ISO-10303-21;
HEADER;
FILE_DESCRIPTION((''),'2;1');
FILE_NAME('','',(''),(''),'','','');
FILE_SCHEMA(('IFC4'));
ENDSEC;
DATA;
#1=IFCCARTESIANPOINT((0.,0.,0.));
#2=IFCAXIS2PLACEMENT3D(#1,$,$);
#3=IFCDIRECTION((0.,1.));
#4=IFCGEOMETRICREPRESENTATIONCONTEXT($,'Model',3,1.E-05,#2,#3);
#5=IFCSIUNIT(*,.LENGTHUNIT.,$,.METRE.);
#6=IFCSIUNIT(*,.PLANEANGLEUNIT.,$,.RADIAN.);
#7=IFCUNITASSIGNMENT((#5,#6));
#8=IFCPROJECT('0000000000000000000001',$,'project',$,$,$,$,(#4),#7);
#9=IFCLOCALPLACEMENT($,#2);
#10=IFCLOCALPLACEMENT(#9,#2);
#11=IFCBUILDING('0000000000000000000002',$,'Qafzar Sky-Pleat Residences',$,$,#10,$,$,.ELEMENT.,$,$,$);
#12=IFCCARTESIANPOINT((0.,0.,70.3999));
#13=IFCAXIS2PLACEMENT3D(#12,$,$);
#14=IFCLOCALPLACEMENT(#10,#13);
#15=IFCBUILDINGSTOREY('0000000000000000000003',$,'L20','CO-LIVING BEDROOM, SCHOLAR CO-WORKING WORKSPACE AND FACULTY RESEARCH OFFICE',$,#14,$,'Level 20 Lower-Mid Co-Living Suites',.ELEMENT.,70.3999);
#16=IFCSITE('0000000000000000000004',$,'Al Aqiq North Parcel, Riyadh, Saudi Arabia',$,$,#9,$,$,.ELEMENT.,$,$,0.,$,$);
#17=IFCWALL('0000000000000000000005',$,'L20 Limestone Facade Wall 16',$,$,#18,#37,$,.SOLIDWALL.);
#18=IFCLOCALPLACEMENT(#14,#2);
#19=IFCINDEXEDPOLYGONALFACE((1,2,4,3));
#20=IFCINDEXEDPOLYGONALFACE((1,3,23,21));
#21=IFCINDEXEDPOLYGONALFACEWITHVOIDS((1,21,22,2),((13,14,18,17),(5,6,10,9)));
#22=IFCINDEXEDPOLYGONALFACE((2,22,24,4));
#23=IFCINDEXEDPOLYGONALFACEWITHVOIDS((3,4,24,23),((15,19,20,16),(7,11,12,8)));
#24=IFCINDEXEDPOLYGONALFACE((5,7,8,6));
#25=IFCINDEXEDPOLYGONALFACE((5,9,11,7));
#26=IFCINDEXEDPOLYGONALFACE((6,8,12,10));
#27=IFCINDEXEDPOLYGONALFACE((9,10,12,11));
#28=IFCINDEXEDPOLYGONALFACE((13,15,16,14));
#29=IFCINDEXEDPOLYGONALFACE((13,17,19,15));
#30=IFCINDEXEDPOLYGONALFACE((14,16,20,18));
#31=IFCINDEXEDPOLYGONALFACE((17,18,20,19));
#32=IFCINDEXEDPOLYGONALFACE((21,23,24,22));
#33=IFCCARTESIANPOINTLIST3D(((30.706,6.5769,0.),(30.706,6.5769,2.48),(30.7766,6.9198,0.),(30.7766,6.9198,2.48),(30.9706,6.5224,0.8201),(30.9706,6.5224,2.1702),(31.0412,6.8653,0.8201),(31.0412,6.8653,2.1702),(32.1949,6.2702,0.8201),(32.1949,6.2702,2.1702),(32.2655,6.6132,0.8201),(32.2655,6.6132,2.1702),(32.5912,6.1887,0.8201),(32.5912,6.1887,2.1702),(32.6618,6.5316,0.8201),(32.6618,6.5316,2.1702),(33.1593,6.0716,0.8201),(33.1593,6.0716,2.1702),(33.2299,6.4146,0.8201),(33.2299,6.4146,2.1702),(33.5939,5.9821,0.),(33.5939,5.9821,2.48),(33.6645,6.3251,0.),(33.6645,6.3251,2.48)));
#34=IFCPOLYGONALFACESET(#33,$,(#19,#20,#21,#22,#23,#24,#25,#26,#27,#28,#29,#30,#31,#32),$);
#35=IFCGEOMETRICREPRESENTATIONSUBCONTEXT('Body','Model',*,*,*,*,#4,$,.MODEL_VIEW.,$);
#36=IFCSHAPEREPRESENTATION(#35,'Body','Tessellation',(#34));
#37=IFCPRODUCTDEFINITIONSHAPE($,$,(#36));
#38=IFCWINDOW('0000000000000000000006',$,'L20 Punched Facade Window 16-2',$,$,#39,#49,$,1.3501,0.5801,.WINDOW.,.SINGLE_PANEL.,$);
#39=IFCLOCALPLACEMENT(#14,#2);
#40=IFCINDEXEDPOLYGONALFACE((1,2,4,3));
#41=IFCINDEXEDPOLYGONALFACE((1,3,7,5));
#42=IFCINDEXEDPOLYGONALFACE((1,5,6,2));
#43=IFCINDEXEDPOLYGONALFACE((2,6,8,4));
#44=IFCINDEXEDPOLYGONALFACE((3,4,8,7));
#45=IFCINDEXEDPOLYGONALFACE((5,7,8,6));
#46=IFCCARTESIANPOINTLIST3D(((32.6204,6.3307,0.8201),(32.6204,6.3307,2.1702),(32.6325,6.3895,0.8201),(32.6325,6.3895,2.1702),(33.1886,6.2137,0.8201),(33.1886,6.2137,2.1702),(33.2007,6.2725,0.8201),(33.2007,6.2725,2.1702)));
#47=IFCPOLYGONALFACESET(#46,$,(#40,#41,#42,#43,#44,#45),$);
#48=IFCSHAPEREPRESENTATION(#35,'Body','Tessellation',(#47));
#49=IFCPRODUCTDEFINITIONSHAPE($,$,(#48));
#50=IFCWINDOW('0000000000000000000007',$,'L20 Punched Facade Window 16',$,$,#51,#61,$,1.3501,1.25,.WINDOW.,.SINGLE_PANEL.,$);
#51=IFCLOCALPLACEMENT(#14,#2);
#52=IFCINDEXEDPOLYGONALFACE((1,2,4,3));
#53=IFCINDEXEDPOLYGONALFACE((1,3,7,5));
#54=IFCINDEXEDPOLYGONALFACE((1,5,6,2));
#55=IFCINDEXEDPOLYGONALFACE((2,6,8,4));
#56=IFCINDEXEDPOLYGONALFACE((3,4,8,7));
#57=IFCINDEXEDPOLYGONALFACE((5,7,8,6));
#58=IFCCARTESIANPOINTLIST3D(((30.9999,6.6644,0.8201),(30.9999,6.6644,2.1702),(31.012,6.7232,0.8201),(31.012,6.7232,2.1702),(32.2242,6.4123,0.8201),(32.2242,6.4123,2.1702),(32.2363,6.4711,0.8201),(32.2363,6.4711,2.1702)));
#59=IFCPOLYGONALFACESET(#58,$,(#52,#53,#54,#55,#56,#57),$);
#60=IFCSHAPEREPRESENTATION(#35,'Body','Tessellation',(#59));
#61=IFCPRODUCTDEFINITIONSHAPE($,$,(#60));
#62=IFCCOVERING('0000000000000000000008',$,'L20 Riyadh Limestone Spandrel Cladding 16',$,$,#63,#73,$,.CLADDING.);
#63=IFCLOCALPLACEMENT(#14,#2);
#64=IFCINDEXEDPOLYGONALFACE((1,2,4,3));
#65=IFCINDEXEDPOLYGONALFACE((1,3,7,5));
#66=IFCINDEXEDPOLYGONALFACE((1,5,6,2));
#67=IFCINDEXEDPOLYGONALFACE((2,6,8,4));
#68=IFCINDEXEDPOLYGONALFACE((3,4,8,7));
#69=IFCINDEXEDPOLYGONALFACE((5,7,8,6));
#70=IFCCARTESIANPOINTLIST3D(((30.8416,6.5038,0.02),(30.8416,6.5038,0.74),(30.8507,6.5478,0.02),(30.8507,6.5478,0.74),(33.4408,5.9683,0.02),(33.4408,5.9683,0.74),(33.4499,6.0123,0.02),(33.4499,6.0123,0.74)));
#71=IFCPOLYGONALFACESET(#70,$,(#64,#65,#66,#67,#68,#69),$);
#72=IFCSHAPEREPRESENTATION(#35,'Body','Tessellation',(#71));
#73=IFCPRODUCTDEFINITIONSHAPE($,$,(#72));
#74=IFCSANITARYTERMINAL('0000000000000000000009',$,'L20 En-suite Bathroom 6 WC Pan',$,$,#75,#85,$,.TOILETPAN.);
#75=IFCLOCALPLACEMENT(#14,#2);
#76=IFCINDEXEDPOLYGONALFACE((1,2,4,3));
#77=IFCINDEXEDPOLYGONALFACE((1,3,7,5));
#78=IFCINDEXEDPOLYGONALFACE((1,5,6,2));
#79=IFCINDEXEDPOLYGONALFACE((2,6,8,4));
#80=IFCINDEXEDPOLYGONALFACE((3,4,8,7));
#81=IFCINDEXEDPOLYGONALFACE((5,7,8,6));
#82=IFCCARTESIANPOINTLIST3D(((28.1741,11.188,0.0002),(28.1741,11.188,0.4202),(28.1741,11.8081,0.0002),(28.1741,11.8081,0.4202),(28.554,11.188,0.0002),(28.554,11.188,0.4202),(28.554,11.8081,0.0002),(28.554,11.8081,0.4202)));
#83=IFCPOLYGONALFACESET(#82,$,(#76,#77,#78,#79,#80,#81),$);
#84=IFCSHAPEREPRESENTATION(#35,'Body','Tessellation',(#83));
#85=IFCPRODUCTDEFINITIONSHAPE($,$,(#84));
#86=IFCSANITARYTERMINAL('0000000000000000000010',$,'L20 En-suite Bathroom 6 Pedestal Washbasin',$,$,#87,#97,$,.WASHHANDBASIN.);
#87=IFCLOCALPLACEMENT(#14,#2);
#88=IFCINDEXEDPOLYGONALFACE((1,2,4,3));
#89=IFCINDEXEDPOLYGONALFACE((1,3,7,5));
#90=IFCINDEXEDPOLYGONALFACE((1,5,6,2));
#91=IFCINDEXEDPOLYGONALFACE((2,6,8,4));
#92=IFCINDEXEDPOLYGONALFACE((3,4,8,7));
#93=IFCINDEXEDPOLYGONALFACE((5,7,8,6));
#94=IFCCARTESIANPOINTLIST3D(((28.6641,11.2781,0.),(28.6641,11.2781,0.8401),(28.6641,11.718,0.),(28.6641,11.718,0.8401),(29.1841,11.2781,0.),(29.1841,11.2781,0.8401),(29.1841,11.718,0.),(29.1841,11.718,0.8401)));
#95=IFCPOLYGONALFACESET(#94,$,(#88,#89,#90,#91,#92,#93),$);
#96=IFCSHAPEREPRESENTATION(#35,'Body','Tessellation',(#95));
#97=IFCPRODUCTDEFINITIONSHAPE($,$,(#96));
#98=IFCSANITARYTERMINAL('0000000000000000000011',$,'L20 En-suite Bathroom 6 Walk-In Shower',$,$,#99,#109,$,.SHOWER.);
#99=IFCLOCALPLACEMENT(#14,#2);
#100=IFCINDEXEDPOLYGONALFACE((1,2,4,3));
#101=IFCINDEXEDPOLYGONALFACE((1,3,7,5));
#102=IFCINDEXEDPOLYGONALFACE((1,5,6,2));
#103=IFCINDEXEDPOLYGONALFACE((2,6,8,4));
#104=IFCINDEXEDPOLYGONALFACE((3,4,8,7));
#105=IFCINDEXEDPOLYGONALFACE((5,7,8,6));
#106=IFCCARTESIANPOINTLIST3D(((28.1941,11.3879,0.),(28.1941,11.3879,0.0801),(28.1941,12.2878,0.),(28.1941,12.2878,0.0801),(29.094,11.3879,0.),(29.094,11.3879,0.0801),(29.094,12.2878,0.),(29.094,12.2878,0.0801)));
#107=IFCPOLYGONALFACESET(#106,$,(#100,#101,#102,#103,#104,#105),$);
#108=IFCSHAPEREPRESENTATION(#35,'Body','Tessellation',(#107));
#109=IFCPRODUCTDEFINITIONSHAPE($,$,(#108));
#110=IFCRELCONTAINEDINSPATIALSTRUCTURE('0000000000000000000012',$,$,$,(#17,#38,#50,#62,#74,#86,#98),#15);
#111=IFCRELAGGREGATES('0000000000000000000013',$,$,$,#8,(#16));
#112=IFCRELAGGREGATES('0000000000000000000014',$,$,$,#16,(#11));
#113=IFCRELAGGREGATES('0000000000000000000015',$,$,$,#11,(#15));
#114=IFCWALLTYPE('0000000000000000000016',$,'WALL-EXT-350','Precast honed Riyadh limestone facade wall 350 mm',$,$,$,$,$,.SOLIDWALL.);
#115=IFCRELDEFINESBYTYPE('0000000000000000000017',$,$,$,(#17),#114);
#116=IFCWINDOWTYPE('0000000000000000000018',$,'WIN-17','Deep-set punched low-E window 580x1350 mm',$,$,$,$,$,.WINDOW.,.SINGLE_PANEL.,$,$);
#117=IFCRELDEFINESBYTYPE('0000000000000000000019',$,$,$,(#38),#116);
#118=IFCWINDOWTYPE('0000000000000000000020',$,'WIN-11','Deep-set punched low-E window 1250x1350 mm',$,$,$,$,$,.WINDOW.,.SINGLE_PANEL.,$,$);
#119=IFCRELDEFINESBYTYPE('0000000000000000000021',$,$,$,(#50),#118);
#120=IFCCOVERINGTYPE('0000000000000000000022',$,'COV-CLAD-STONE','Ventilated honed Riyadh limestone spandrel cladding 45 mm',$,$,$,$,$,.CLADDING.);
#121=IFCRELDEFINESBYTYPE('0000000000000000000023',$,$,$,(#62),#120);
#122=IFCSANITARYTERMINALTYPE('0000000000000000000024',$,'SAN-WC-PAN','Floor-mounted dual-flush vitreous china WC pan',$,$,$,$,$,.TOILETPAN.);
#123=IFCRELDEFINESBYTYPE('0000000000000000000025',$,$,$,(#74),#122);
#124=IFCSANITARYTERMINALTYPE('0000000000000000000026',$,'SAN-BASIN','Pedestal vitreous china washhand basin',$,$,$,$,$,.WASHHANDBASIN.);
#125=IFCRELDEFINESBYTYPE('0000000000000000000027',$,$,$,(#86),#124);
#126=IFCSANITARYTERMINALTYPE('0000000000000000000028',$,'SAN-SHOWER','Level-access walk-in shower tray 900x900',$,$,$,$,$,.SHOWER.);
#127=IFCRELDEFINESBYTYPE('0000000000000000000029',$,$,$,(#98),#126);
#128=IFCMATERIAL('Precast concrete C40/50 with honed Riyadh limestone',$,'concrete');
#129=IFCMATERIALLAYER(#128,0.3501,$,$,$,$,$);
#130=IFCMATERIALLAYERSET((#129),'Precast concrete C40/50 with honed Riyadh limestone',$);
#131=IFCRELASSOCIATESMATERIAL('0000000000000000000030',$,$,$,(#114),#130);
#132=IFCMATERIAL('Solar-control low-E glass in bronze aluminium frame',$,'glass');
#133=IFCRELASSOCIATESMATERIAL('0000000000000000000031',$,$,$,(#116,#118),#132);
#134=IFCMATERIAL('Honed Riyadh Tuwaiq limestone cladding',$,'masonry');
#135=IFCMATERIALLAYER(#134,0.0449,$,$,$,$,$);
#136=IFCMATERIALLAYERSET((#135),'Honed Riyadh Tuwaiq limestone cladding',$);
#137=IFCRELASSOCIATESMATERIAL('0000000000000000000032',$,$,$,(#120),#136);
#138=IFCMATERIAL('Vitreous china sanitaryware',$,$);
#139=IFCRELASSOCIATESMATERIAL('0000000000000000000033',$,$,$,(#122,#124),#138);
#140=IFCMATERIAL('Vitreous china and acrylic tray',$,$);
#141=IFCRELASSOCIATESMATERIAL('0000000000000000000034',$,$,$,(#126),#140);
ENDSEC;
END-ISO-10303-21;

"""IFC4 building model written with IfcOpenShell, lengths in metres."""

from ifc_helpers import new_model, si_unit, direction, frame, frame_2d, origin, origin_2d, place, context, subcontext, project, spatial, rectangle, extrude, source, transform, mapped, material, layer, layer_set, type_object, element, fill, save


model = new_model("IFC4")

# Units and contexts
model_context = context("Model", 3, precision=1e-05, world=origin(), true_north=direction((0.0, 1.0)))
body_context = subcontext(model_context, "Body", "Model", "MODEL_VIEW")
ifc_project = project(units=[si_unit("LENGTHUNIT", "METRE"), si_unit("PLANEANGLEUNIT", "RADIAN")], contexts=[model_context])

# Site, building, storey
site_placement = place(None, origin())
site = spatial("IfcSite", under=ifc_project, at=site_placement, Name="Al Aqiq North Parcel, Riyadh, Saudi Arabia", CompositionType="ELEMENT", RefElevation=0.0)
building_placement = place(site_placement, origin())
building = spatial("IfcBuilding", under=site, at=building_placement, Name="Qafzar Sky-Pleat Residences", CompositionType="ELEMENT")
storey_placement = place(building_placement, frame((0.0, 0.0, 70.3999)))
storey = spatial("IfcBuildingStorey", under=building, at=storey_placement, Name="L20", Description="CO-LIVING BEDROOM, SCHOLAR CO-WORKING WORKSPACE AND FACULTY RESEARCH OFFICE", LongName="Level 20 Lower-Mid Co-Living Suites", CompositionType="ELEMENT", Elevation=70.3999)

# Shared definitions
ifc_material_1 = material(Name="Precast concrete C40/50 with honed Riyadh limestone", Category="concrete")
ifc_layer_1 = layer(ifc_material_1, 0.3501)
ifc_layer_set_1 = layer_set([ifc_layer_1], Name="Precast concrete C40/50 with honed Riyadh limestone")
wall_type_1 = type_object("IfcWallType", Name="WALL-EXT-350", Description="Precast honed Riyadh limestone facade wall 350 mm", PredefinedType="SOLIDWALL", material=ifc_layer_set_1)
ifc_material_2 = material(Name="Solar-control low-E glass in bronze aluminium frame", Category="glass")

# Wall, openings, windows
wall_1_placement = place(storey_placement, frame((30.7415, 6.7483, 0.0), z_axis=(0.0, 0.0, 1.0), x_axis=(0.979447, -0.201702, 0.0)))
wall_1 = element("IfcWall", 1, at=wall_1_placement, inside=storey, type_object=wall_type_1, Name="L20 Limestone Facade Wall 16", PredefinedType="SOLIDWALL", context=body_context, shape_type="SweptSolid", body=[
    extrude(rectangle(XDim=2.9485, YDim=0.3501, at=frame_2d((1.4741, 0.0))), origin(), (0.0, 0.0, 1.0), 2.48),
])
opening_1_placement = place(wall_1_placement, frame((0.27, 0.0, 0.8201)))
opening_1 = element("IfcOpeningElement", 2, at=opening_1_placement, cuts=wall_1, PredefinedType="OPENING", context=body_context, shape_type="SweptSolid", body=[
    extrude(rectangle(XDim=1.25, YDim=1.3501, at=frame_2d((0.625, 0.675))), frame((0.0, 0.1851, 0.0), z_axis=(0.0, -1.0, 0.0), x_axis=(1.0, 0.0, 0.0)), (0.0, 0.0, 1.0), 0.3701),
])
opening_2_placement = place(wall_1_placement, frame((1.9246, 0.0, 0.8201)))
opening_2 = element("IfcOpeningElement", 3, at=opening_2_placement, cuts=wall_1, PredefinedType="OPENING", context=body_context, shape_type="SweptSolid", body=[
    extrude(rectangle(XDim=0.5801, YDim=1.3501, at=frame_2d((0.29, 0.675))), frame((0.0, 0.1851, 0.0), z_axis=(0.0, -1.0, 0.0), x_axis=(1.0, 0.0, 0.0)), (0.0, 0.0, 1.0), 0.3701),
])
window_type_1 = type_object("IfcWindowType", Name="WIN-17", Description="Deep-set punched low-E window 580x1350 mm", PartitioningType="SINGLE_PANEL", PredefinedType="WINDOW", material=ifc_material_2)
shared_shape_1 = source(origin(), body_context, "Body", "SweptSolid", [
    extrude(rectangle(XDim=0.5801, YDim=1.3501, at=frame_2d((0.29, 0.675))), frame((0.0, 0.03, 0.0), z_axis=(0.0, -1.0, 0.0), x_axis=(1.0, 0.0, 0.0)), (0.0, 0.0, 1.0), 0.0601),
])
window_1_placement = place(opening_2_placement, origin())
window_1 = element("IfcWindow", 4, at=window_1_placement, inside=storey, type_object=window_type_1, Name="L20 Punched Facade Window 16-2", OverallHeight=1.3501, OverallWidth=0.5801, PartitioningType="SINGLE_PANEL", PredefinedType="WINDOW", context=body_context, shape_type="MappedRepresentation", body=[
    mapped(shared_shape_1, transform((0.0, 0.0, 0.0), x_axis=(1.0, 0.0, 0.0), y_axis=(0.0, 1.0, 0.0), z_axis=(0.0, 0.0, 1.0), scale=1.0)),
])
fill(opening_2, window_1)
window_type_2 = type_object("IfcWindowType", Name="WIN-11", Description="Deep-set punched low-E window 1250x1350 mm", PartitioningType="SINGLE_PANEL", PredefinedType="WINDOW", material=ifc_material_2)
shared_shape_2 = source(origin(), body_context, "Body", "SweptSolid", [
    extrude(rectangle(XDim=1.25, YDim=1.3501, at=frame_2d((0.625, 0.675))), frame((0.0, 0.03, 0.0), z_axis=(0.0, -1.0, 0.0), x_axis=(1.0, 0.0, 0.0)), (0.0, 0.0, 1.0), 0.0601),
])
window_2_placement = place(opening_1_placement, origin())
window_2 = element("IfcWindow", 5, at=window_2_placement, inside=storey, type_object=window_type_2, Name="L20 Punched Facade Window 16", OverallHeight=1.3501, OverallWidth=1.25, PartitioningType="SINGLE_PANEL", PredefinedType="WINDOW", context=body_context, shape_type="MappedRepresentation", body=[
    mapped(shared_shape_2, transform((0.0, 0.0, 0.0), x_axis=(1.0, 0.0, 0.0), y_axis=(0.0, 1.0, 0.0), z_axis=(0.0, 0.0, 1.0), scale=1.0)),
])
fill(opening_1, window_2)

# Covering
ifc_material_3 = material(Name="Honed Riyadh Tuwaiq limestone cladding", Category="masonry")
ifc_layer_2 = layer(ifc_material_3, 0.0449)
ifc_layer_set_2 = layer_set([ifc_layer_2], Name="Honed Riyadh Tuwaiq limestone cladding")
covering_type = type_object("IfcCoveringType", Name="COV-CLAD-STONE", Description="Ventilated honed Riyadh limestone spandrel cladding 45 mm", PredefinedType="CLADDING", material=ifc_layer_set_2)
shared_shape_3 = source(origin(), body_context, "Body", "SweptSolid", [
    extrude(rectangle(XDim=2.6538, YDim=0.0449, at=origin_2d()), origin(), (0.0, 0.0, 1.0), 0.72),
])
covering_placement = place(storey_placement, frame((32.1458, 6.2581, 0.02), z_axis=(0.0, 0.0, 1.0), x_axis=(0.979436, -0.201754, 0.0)))
element("IfcCovering", 6, at=covering_placement, inside=storey, type_object=covering_type, Name="L20 Riyadh Limestone Spandrel Cladding 16", PredefinedType="CLADDING", context=body_context, shape_type="MappedRepresentation", body=[
    mapped(shared_shape_3, transform((0.0, 0.0, 0.0), x_axis=(1.0, 0.0, 0.0), y_axis=(0.0, 1.0, 0.0), z_axis=(0.0, 0.0, 1.0), scale=1.0)),
])

# Sanitary terminals
ifc_material_4 = material(Name="Vitreous china sanitaryware")
sanitary_terminal_type_1 = type_object("IfcSanitaryTerminalType", Name="SAN-WC-PAN", Description="Floor-mounted dual-flush vitreous china WC pan", PredefinedType="TOILETPAN", material=ifc_material_4)
shared_shape_4 = source(origin(), body_context, "Body", "SweptSolid", [
    extrude(rectangle(XDim=0.3799, YDim=0.6201, at=origin_2d()), origin(), (0.0, 0.0, 1.0), 0.4199),
])
sanitary_terminal_1_placement = place(storey_placement, frame((28.364, 11.498, 0.0002), z_axis=(0.0, 0.0, 1.0), x_axis=(1.0, 0.0, 0.0)))
element("IfcSanitaryTerminal", 7, at=sanitary_terminal_1_placement, inside=storey, type_object=sanitary_terminal_type_1, Name="L20 En-suite Bathroom 6 WC Pan", PredefinedType="TOILETPAN", context=body_context, shape_type="MappedRepresentation", body=[
    mapped(shared_shape_4, transform((0.0, 0.0, 0.0), x_axis=(1.0, 0.0, 0.0), y_axis=(0.0, 1.0, 0.0), z_axis=(0.0, 0.0, 1.0), scale=1.0)),
])
sanitary_terminal_type_2 = type_object("IfcSanitaryTerminalType", Name="SAN-BASIN", Description="Pedestal vitreous china washhand basin", PredefinedType="WASHHANDBASIN", material=ifc_material_4)
shared_shape_5 = source(origin(), body_context, "Body", "SweptSolid", [
    extrude(rectangle(XDim=0.52, YDim=0.4399, at=origin_2d()), origin(), (0.0, 0.0, 1.0), 0.8401),
])
sanitary_terminal_2_placement = place(storey_placement, frame((28.9241, 11.498, 0.0), z_axis=(0.0, 0.0, 1.0), x_axis=(1.0, 0.0, 0.0)))
element("IfcSanitaryTerminal", 8, at=sanitary_terminal_2_placement, inside=storey, type_object=sanitary_terminal_type_2, Name="L20 En-suite Bathroom 6 Pedestal Washbasin", PredefinedType="WASHHANDBASIN", context=body_context, shape_type="MappedRepresentation", body=[
    mapped(shared_shape_5, transform((0.0, 0.0, 0.0), x_axis=(1.0, 0.0, 0.0), y_axis=(0.0, 1.0, 0.0), z_axis=(0.0, 0.0, 1.0), scale=1.0)),
])
ifc_material_5 = material(Name="Vitreous china and acrylic tray")
sanitary_terminal_type_3 = type_object("IfcSanitaryTerminalType", Name="SAN-SHOWER", Description="Level-access walk-in shower tray 900x900", PredefinedType="SHOWER", material=ifc_material_5)
shared_shape_6 = source(origin(), body_context, "Body", "SweptSolid", [
    extrude(rectangle(XDim=0.8999, YDim=0.8999, at=origin_2d()), origin(), (0.0, 0.0, 1.0), 0.0801),
])
sanitary_terminal_3_placement = place(storey_placement, frame((28.644, 11.8379, 0.0), z_axis=(0.0, 0.0, 1.0), x_axis=(1.0, 0.0, 0.0)))
element("IfcSanitaryTerminal", 9, at=sanitary_terminal_3_placement, inside=storey, type_object=sanitary_terminal_type_3, Name="L20 En-suite Bathroom 6 Walk-In Shower", PredefinedType="SHOWER", context=body_context, shape_type="MappedRepresentation", body=[
    mapped(shared_shape_6, transform((0.0, 0.0, 0.0), x_axis=(1.0, 0.0, 0.0), y_axis=(0.0, 1.0, 0.0), z_axis=(0.0, 0.0, 1.0), scale=1.0)),
])

save(model, "model.ifc")
